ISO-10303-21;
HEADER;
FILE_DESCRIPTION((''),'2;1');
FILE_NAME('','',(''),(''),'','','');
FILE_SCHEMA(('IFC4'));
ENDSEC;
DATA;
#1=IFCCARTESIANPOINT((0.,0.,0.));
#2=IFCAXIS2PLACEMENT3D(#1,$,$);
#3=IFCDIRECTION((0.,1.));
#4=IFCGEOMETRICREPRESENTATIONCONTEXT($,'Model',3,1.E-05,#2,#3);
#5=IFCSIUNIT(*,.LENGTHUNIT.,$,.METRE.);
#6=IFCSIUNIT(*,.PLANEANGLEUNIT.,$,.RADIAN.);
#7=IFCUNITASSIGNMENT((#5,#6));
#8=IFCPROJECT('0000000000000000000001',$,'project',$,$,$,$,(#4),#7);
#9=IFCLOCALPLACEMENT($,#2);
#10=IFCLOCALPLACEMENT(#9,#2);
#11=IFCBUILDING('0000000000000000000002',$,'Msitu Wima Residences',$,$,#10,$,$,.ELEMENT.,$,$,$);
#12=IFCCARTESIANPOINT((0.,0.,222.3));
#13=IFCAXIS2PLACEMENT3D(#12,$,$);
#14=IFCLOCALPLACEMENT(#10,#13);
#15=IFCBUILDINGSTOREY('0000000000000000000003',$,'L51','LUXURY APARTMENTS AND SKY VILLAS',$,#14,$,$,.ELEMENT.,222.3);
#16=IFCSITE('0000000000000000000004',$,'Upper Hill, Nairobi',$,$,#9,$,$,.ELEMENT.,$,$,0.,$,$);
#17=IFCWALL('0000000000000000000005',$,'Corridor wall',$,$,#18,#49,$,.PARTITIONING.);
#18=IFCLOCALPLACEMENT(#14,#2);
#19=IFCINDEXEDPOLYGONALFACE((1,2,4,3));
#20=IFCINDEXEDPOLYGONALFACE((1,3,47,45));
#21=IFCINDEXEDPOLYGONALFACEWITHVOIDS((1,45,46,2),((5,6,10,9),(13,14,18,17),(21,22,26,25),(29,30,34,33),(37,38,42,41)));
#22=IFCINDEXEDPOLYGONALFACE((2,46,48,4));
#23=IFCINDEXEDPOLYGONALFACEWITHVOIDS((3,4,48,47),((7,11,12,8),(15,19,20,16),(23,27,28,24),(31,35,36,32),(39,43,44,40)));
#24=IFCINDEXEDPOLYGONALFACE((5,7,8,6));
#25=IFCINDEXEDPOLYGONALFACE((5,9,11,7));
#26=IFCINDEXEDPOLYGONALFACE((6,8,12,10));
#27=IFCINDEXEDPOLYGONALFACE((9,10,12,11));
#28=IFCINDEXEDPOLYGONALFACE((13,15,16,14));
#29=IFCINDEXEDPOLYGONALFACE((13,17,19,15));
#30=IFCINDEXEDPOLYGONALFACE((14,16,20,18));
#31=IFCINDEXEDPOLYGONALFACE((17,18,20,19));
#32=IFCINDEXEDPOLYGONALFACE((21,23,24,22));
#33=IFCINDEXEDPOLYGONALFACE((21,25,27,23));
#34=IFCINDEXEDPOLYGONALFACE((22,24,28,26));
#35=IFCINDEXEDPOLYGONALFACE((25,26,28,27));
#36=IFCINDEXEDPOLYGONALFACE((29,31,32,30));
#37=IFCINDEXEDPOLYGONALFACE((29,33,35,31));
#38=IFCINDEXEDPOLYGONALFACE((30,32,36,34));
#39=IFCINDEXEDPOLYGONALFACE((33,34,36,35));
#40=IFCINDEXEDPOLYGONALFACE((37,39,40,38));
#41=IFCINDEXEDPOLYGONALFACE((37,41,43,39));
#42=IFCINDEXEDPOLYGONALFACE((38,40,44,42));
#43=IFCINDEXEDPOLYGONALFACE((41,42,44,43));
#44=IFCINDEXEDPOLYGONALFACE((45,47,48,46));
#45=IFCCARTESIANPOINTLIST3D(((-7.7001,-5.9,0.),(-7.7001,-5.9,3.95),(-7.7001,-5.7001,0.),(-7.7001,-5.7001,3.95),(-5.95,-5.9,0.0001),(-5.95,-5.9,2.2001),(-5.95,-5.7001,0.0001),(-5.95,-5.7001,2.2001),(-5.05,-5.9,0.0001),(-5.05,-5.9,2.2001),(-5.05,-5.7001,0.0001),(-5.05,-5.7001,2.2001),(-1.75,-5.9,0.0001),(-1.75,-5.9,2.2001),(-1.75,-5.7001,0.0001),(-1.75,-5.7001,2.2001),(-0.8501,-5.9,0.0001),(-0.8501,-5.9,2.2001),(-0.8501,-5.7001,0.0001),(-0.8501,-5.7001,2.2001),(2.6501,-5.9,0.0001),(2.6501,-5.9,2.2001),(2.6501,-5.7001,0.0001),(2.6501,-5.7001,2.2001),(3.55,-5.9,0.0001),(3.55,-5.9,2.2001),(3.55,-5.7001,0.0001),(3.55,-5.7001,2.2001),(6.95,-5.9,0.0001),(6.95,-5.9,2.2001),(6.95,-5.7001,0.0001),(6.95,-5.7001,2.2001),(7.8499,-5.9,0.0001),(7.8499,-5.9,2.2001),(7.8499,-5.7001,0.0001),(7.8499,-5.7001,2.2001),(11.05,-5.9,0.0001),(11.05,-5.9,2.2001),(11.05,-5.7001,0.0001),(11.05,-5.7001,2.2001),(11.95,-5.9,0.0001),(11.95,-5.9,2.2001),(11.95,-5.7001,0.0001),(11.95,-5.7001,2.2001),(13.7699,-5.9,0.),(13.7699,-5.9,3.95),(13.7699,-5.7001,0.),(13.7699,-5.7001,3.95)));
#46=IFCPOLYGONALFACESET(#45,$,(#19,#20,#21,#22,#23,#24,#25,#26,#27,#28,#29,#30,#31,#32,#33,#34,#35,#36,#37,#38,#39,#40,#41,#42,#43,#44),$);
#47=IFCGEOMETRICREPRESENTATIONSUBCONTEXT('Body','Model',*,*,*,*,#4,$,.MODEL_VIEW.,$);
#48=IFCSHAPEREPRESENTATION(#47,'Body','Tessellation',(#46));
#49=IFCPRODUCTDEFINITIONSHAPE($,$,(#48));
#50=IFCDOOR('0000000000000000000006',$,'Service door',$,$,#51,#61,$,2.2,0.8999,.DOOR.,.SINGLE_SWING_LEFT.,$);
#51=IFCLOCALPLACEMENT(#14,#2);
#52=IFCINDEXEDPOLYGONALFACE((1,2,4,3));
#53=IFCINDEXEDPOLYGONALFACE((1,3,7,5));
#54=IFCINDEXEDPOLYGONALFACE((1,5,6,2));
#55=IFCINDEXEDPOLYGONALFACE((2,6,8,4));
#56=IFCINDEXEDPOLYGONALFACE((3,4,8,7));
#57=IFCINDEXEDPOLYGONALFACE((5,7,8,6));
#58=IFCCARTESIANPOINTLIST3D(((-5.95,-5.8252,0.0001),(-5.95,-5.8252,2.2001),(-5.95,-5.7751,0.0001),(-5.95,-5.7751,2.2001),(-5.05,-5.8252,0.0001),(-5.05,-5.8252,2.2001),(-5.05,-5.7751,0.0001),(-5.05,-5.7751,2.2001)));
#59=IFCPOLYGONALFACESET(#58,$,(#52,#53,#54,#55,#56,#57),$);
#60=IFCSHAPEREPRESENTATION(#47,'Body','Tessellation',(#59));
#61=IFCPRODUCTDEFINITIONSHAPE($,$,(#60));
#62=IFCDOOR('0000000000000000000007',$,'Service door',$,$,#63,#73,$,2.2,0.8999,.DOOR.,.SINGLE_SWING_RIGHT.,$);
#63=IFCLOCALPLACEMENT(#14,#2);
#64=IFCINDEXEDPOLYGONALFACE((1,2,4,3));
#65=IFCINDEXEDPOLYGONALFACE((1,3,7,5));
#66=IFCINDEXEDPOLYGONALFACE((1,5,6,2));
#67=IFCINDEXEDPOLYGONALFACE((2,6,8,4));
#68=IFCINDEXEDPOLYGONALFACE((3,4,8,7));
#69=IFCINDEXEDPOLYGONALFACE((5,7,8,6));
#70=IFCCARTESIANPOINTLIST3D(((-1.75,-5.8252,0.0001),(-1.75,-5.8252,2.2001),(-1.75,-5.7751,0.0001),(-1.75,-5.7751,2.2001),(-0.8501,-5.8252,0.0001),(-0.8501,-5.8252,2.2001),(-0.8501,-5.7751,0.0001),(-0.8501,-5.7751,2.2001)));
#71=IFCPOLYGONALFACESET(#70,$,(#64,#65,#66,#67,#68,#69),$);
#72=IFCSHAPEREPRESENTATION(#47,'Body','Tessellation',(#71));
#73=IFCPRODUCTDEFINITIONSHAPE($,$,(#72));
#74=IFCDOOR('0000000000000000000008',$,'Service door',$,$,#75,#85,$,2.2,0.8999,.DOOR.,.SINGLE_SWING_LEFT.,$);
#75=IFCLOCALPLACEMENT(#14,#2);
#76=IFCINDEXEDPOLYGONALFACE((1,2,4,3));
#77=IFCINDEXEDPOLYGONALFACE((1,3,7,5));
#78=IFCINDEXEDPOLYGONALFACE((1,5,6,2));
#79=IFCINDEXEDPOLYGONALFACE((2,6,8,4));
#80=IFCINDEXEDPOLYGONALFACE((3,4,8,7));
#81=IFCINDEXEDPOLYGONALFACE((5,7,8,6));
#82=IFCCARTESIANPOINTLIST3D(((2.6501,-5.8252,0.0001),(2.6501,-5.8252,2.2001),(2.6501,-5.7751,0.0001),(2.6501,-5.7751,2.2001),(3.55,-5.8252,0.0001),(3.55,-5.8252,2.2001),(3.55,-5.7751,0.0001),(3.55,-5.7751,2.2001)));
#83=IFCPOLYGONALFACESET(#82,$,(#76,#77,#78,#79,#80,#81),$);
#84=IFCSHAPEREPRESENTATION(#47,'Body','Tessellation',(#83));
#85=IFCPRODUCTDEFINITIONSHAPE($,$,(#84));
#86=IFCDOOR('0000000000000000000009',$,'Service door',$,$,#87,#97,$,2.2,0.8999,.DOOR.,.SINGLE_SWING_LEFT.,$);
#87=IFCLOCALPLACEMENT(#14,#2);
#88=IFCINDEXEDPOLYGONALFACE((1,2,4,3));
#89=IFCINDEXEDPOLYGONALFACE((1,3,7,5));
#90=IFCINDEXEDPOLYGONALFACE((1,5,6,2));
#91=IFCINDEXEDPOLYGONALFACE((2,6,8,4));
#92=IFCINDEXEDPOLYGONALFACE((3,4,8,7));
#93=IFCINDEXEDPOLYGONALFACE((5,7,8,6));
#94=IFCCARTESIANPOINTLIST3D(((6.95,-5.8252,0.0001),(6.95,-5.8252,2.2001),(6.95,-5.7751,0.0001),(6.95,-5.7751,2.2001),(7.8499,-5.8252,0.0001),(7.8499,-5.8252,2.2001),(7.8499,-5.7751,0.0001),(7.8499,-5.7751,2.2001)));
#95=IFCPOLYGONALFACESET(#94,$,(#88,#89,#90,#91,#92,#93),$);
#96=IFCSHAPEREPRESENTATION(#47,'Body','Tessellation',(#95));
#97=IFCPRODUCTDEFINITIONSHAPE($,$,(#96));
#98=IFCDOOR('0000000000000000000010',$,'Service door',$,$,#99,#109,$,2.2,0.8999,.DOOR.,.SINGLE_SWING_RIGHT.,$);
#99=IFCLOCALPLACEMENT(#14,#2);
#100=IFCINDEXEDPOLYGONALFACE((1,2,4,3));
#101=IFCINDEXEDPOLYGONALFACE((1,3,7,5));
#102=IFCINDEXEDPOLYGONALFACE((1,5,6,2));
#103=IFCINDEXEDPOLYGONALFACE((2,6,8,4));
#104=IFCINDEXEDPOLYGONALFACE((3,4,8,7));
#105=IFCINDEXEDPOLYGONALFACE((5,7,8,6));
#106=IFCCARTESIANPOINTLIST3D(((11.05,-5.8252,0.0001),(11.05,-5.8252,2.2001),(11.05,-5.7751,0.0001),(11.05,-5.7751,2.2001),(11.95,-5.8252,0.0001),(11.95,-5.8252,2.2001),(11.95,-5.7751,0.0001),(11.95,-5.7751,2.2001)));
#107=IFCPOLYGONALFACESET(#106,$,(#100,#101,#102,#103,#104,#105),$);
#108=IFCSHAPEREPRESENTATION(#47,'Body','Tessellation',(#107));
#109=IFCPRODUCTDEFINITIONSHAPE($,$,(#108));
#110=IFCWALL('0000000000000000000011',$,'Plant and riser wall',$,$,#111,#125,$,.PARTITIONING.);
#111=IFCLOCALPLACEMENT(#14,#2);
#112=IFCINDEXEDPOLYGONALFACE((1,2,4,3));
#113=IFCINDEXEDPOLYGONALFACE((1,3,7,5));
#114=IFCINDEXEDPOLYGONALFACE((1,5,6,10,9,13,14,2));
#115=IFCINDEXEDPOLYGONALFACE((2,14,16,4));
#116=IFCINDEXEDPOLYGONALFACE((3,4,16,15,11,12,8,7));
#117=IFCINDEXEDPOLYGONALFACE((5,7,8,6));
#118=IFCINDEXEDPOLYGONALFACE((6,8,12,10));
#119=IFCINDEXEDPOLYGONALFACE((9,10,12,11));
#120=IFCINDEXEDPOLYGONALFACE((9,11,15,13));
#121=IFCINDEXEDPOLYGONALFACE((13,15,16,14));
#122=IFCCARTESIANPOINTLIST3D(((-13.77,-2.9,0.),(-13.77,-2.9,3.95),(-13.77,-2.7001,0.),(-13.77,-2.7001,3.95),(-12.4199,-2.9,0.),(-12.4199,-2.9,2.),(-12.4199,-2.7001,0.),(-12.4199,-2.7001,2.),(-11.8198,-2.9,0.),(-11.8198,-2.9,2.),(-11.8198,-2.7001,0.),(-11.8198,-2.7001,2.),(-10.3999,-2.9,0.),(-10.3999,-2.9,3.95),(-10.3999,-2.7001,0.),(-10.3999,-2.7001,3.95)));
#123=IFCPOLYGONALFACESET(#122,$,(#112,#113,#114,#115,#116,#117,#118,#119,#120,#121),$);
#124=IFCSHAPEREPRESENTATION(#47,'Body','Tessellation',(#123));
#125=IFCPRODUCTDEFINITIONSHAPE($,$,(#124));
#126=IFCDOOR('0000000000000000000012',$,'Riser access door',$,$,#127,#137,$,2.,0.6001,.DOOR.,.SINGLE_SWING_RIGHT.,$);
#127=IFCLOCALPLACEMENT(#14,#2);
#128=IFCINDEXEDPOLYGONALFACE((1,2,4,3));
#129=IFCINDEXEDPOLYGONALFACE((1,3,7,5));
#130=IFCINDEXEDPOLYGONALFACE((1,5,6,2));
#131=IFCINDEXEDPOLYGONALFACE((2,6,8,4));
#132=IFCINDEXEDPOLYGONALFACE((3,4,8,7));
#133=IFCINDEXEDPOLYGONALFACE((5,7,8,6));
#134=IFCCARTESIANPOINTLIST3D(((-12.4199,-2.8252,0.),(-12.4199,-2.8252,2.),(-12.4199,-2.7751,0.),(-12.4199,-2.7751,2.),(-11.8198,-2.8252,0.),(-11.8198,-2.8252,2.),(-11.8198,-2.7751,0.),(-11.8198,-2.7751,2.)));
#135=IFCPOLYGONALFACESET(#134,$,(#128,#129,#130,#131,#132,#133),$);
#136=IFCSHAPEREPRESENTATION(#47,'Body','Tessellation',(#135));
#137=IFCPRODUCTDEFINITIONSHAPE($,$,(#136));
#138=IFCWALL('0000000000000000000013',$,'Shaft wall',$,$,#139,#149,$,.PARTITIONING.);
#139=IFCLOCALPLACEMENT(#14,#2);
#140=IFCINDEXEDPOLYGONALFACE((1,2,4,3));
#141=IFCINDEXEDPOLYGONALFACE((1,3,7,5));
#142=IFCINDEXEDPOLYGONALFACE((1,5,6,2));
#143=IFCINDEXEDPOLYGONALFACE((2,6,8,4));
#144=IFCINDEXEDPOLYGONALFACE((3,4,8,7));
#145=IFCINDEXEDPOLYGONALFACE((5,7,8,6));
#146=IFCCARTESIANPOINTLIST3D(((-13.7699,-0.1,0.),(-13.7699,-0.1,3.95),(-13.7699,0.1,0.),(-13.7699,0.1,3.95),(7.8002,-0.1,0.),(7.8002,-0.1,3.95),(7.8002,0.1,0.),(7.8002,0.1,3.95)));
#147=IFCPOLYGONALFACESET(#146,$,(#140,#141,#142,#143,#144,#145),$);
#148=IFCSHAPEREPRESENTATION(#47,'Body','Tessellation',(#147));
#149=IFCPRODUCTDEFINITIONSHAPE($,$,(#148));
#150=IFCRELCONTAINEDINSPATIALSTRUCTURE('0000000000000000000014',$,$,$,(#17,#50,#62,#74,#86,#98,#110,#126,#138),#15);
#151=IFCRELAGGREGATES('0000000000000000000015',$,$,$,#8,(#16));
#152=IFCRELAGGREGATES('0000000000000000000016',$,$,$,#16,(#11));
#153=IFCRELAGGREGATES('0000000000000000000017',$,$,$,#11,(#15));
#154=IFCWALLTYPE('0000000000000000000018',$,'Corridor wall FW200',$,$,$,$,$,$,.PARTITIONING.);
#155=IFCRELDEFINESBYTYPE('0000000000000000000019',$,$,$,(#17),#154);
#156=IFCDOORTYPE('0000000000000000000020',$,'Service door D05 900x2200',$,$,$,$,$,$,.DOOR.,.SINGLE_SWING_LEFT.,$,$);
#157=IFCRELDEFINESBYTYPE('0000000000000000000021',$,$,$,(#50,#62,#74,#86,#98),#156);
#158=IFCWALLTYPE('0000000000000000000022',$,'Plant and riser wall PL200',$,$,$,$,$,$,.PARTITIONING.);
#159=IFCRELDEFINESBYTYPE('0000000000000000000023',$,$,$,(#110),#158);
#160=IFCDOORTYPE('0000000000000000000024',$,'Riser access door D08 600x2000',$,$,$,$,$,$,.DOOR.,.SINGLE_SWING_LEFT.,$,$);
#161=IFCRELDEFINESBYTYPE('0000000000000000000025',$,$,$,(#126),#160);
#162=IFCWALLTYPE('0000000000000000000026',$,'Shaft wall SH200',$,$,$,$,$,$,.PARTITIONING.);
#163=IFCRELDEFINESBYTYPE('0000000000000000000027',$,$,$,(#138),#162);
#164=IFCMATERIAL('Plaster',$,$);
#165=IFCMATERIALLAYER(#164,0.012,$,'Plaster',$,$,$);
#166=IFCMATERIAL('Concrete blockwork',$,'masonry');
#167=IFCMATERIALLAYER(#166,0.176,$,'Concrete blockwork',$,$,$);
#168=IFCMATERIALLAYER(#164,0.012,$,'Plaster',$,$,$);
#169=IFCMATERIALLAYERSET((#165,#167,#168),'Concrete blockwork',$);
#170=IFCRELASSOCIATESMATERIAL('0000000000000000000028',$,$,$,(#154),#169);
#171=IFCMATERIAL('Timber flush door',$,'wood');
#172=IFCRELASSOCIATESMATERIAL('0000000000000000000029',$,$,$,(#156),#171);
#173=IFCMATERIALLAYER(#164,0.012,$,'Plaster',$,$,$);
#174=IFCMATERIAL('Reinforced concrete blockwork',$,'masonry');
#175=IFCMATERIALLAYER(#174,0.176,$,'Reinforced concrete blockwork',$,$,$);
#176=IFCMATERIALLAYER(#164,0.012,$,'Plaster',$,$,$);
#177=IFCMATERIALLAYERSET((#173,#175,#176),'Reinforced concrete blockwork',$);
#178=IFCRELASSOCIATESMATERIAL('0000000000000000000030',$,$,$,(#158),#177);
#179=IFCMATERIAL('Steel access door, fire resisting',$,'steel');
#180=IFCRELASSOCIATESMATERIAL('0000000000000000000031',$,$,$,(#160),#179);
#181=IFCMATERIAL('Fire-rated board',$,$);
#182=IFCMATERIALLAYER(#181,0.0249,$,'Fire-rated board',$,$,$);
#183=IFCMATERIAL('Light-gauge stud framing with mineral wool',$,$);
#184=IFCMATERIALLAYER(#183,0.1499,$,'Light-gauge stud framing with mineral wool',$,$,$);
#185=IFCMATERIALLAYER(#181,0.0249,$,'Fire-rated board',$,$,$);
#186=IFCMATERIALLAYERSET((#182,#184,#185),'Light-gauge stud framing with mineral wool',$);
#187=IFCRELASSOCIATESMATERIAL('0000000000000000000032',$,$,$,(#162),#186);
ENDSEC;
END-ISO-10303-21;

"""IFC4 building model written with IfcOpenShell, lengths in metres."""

from ifc_helpers import new_model, si_unit, direction, frame, frame_2d, origin, place, context, subcontext, project, spatial, rectangle, extrude, material, layer, layer_set, type_object, element, fill, save


model = new_model("IFC4")

# Units and contexts
model_context = context("Model", 3, precision=1e-05, world=origin(), true_north=direction((0.0, 1.0)))
body_context = subcontext(model_context, "Body", "Model", "MODEL_VIEW")
ifc_project = project(units=[si_unit("LENGTHUNIT", "METRE"), si_unit("PLANEANGLEUNIT", "RADIAN")], contexts=[model_context])

# Site, building, storey
site_placement = place(None, origin())
site = spatial("IfcSite", under=ifc_project, at=site_placement, Name="Upper Hill, Nairobi", CompositionType="ELEMENT", RefElevation=0.0)
building_placement = place(site_placement, origin())
building = spatial("IfcBuilding", under=site, at=building_placement, Name="Msitu Wima Residences", CompositionType="ELEMENT")
storey_placement = place(building_placement, frame((0.0, 0.0, 222.3)))
storey = spatial("IfcBuildingStorey", under=building, at=storey_placement, Name="L51", Description="LUXURY APARTMENTS AND SKY VILLAS", CompositionType="ELEMENT", Elevation=222.3)

# Shared definitions
ifc_material_1 = material(Name="Plaster")
ifc_layer_1 = layer(ifc_material_1, 0.012, Name="Plaster")
ifc_material_2 = material(Name="Concrete blockwork", Category="masonry")
ifc_layer_2 = layer(ifc_material_2, 0.176, Name="Concrete blockwork")
ifc_layer_3 = layer(ifc_material_1, 0.012, Name="Plaster")
ifc_layer_set_1 = layer_set([ifc_layer_1, ifc_layer_2, ifc_layer_3], Name="Concrete blockwork")
wall_type_1 = type_object("IfcWallType", Name="Corridor wall FW200", PredefinedType="PARTITIONING", material=ifc_layer_set_1)

# Wall, openings, doors
wall_1_placement = place(storey_placement, frame((-7.7, -5.8, 0.0), z_axis=(0.0, 0.0, 1.0), x_axis=(1.0, 0.0, 0.0)))
wall_1 = element("IfcWall", 1, at=wall_1_placement, inside=storey, type_object=wall_type_1, Name="Corridor wall", PredefinedType="PARTITIONING", context=body_context, shape_type="SweptSolid", body=[
    extrude(rectangle(XDim=21.47, YDim=0.2, at=frame_2d((10.7349, 0.0))), origin(), (0.0, 0.0, 1.0), 3.95),
])
opening_1_placement = place(wall_1_placement, frame((1.75, 0.0, 0.0)))
opening_1 = element("IfcOpeningElement", 2, at=opening_1_placement, cuts=wall_1, PredefinedType="OPENING", context=body_context, shape_type="SweptSolid", body=[
    extrude(rectangle(XDim=0.8999, YDim=2.2, at=frame_2d((0.45, 1.1001))), frame((0.0, 0.1099, 0.0), z_axis=(0.0, -1.0, 0.0), x_axis=(1.0, 0.0, 0.0)), (0.0, 0.0, 1.0), 0.22),
])
opening_2_placement = place(wall_1_placement, frame((5.95, 0.0, 0.0)))
opening_2 = element("IfcOpeningElement", 3, at=opening_2_placement, cuts=wall_1, PredefinedType="OPENING", context=body_context, shape_type="SweptSolid", body=[
    extrude(rectangle(XDim=0.8999, YDim=2.2, at=frame_2d((0.45, 1.1001))), frame((0.0, 0.1099, 0.0), z_axis=(0.0, -1.0, 0.0), x_axis=(1.0, 0.0, 0.0)), (0.0, 0.0, 1.0), 0.22),
])
opening_3_placement = place(wall_1_placement, frame((10.3501, 0.0, 0.0)))
opening_3 = element("IfcOpeningElement", 4, at=opening_3_placement, cuts=wall_1, PredefinedType="OPENING", context=body_context, shape_type="SweptSolid", body=[
    extrude(rectangle(XDim=0.8999, YDim=2.2, at=frame_2d((0.45, 1.1001))), frame((0.0, 0.1099, 0.0), z_axis=(0.0, -1.0, 0.0), x_axis=(1.0, 0.0, 0.0)), (0.0, 0.0, 1.0), 0.22),
])
opening_4_placement = place(wall_1_placement, frame((14.6499, 0.0, 0.0)))
opening_4 = element("IfcOpeningElement", 5, at=opening_4_placement, cuts=wall_1, PredefinedType="OPENING", context=body_context, shape_type="SweptSolid", body=[
    extrude(rectangle(XDim=0.8999, YDim=2.2, at=frame_2d((0.45, 1.1001))), frame((0.0, 0.1099, 0.0), z_axis=(0.0, -1.0, 0.0), x_axis=(1.0, 0.0, 0.0)), (0.0, 0.0, 1.0), 0.22),
])
opening_5_placement = place(wall_1_placement, frame((18.75, 0.0, 0.0)))
opening_5 = element("IfcOpeningElement", 6, at=opening_5_placement, cuts=wall_1, PredefinedType="OPENING", context=body_context, shape_type="SweptSolid", body=[
    extrude(rectangle(XDim=0.8999, YDim=2.2, at=frame_2d((0.45, 1.1001))), frame((0.0, 0.1099, 0.0), z_axis=(0.0, -1.0, 0.0), x_axis=(1.0, 0.0, 0.0)), (0.0, 0.0, 1.0), 0.22),
])
ifc_material_3 = material(Name="Timber flush door", Category="wood")
door_type_1 = type_object("IfcDoorType", Name="Service door D05 900x2200", OperationType="SINGLE_SWING_LEFT", PredefinedType="DOOR", material=ifc_material_3)
door_1_placement = place(opening_1_placement, origin())
door_1 = element("IfcDoor", 7, at=door_1_placement, inside=storey, type_object=door_type_1, Name="Service door", OperationType="SINGLE_SWING_LEFT", OverallHeight=2.2, OverallWidth=0.8999, PredefinedType="DOOR", context=body_context, shape_type="SweptSolid", body=[
    extrude(rectangle(XDim=0.8999, YDim=2.2, at=frame_2d((0.45, 1.1001))), frame((0.0, 0.0249, 0.0), z_axis=(0.0, -1.0, 0.0), x_axis=(1.0, 0.0, 0.0)), (0.0, 0.0, 1.0), 0.05),
])
fill(opening_1, door_1)
door_2_placement = place(opening_2_placement, origin())
door_2 = element("IfcDoor", 8, at=door_2_placement, inside=storey, type_object=door_type_1, Name="Service door", OperationType="SINGLE_SWING_RIGHT", OverallHeight=2.2, OverallWidth=0.8999, PredefinedType="DOOR", context=body_context, shape_type="SweptSolid", body=[
    extrude(rectangle(XDim=0.8999, YDim=2.2, at=frame_2d((0.45, 1.1001))), frame((0.0, 0.0249, 0.0), z_axis=(0.0, -1.0, 0.0), x_axis=(1.0, 0.0, 0.0)), (0.0, 0.0, 1.0), 0.05),
])
fill(opening_2, door_2)
door_3_placement = place(opening_3_placement, origin())
door_3 = element("IfcDoor", 9, at=door_3_placement, inside=storey, type_object=door_type_1, Name="Service door", OperationType="SINGLE_SWING_LEFT", OverallHeight=2.2, OverallWidth=0.8999, PredefinedType="DOOR", context=body_context, shape_type="SweptSolid", body=[
    extrude(rectangle(XDim=0.8999, YDim=2.2, at=frame_2d((0.45, 1.1001))), frame((0.0, 0.0249, 0.0), z_axis=(0.0, -1.0, 0.0), x_axis=(1.0, 0.0, 0.0)), (0.0, 0.0, 1.0), 0.05),
])
fill(opening_3, door_3)
door_4_placement = place(opening_4_placement, origin())
door_4 = element("IfcDoor", 10, at=door_4_placement, inside=storey, type_object=door_type_1, Name="Service door", OperationType="SINGLE_SWING_LEFT", OverallHeight=2.2, OverallWidth=0.8999, PredefinedType="DOOR", context=body_context, shape_type="SweptSolid", body=[
    extrude(rectangle(XDim=0.8999, YDim=2.2, at=frame_2d((0.45, 1.1001))), frame((0.0, 0.0249, 0.0), z_axis=(0.0, -1.0, 0.0), x_axis=(1.0, 0.0, 0.0)), (0.0, 0.0, 1.0), 0.05),
])
fill(opening_4, door_4)
door_5_placement = place(opening_5_placement, origin())
door_5 = element("IfcDoor", 11, at=door_5_placement, inside=storey, type_object=door_type_1, Name="Service door", OperationType="SINGLE_SWING_RIGHT", OverallHeight=2.2, OverallWidth=0.8999, PredefinedType="DOOR", context=body_context, shape_type="SweptSolid", body=[
    extrude(rectangle(XDim=0.8999, YDim=2.2, at=frame_2d((0.45, 1.1001))), frame((0.0, 0.0249, 0.0), z_axis=(0.0, -1.0, 0.0), x_axis=(1.0, 0.0, 0.0)), (0.0, 0.0, 1.0), 0.05),
])
fill(opening_5, door_5)

# Wall, opening, door
ifc_layer_4 = layer(ifc_material_1, 0.012, Name="Plaster")
ifc_material_4 = material(Name="Reinforced concrete blockwork", Category="masonry")
ifc_layer_5 = layer(ifc_material_4, 0.176, Name="Reinforced concrete blockwork")
ifc_layer_6 = layer(ifc_material_1, 0.012, Name="Plaster")
ifc_layer_set_2 = layer_set([ifc_layer_4, ifc_layer_5, ifc_layer_6], Name="Reinforced concrete blockwork")
wall_type_2 = type_object("IfcWallType", Name="Plant and riser wall PL200", PredefinedType="PARTITIONING", material=ifc_layer_set_2)
wall_2_placement = place(storey_placement, frame((-13.77, -2.8, 0.0), z_axis=(0.0, 0.0, 1.0), x_axis=(1.0, 0.0, 0.0)))
wall_2 = element("IfcWall", 12, at=wall_2_placement, inside=storey, type_object=wall_type_2, Name="Plant and riser wall", PredefinedType="PARTITIONING", context=body_context, shape_type="SweptSolid", body=[
    extrude(rectangle(XDim=3.3701, YDim=0.2, at=frame_2d((1.6851, 0.0))), origin(), (0.0, 0.0, 1.0), 3.95),
])
opening_6_placement = place(wall_2_placement, frame((1.3501, 0.0, 0.0)))
opening_6 = element("IfcOpeningElement", 13, at=opening_6_placement, cuts=wall_2, PredefinedType="OPENING", context=body_context, shape_type="SweptSolid", body=[
    extrude(rectangle(XDim=0.6001, YDim=2.0, at=frame_2d((0.3, 1.0))), frame((0.0, 0.1099, 0.0), z_axis=(0.0, -1.0, 0.0), x_axis=(1.0, 0.0, 0.0)), (0.0, 0.0, 1.0), 0.22),
])
ifc_material_5 = material(Name="Steel access door, fire resisting", Category="steel")
door_type_2 = type_object("IfcDoorType", Name="Riser access door D08 600x2000", OperationType="SINGLE_SWING_LEFT", PredefinedType="DOOR", material=ifc_material_5)
door_6_placement = place(opening_6_placement, origin())
door_6 = element("IfcDoor", 14, at=door_6_placement, inside=storey, type_object=door_type_2, Name="Riser access door", OperationType="SINGLE_SWING_RIGHT", OverallHeight=2.0, OverallWidth=0.6001, PredefinedType="DOOR", context=body_context, shape_type="SweptSolid", body=[
    extrude(rectangle(XDim=0.6001, YDim=2.0, at=frame_2d((0.3, 1.0))), frame((0.0, 0.0249, 0.0), z_axis=(0.0, -1.0, 0.0), x_axis=(1.0, 0.0, 0.0)), (0.0, 0.0, 1.0), 0.05),
])
fill(opening_6, door_6)

# Wall
ifc_material_6 = material(Name="Fire-rated board")
ifc_layer_7 = layer(ifc_material_6, 0.0249, Name="Fire-rated board")
ifc_material_7 = material(Name="Light-gauge stud framing with mineral wool")
ifc_layer_8 = layer(ifc_material_7, 0.1499, Name="Light-gauge stud framing with mineral wool")
ifc_layer_9 = layer(ifc_material_6, 0.0249, Name="Fire-rated board")
ifc_layer_set_3 = layer_set([ifc_layer_7, ifc_layer_8, ifc_layer_9], Name="Light-gauge stud framing with mineral wool")
wall_type_3 = type_object("IfcWallType", Name="Shaft wall SH200", PredefinedType="PARTITIONING", material=ifc_layer_set_3)
wall_3_placement = place(storey_placement, frame((-13.77, 0.0, 0.0), z_axis=(0.0, 0.0, 1.0), x_axis=(1.0, 0.0, 0.0)))
element("IfcWall", 15, at=wall_3_placement, inside=storey, type_object=wall_type_3, Name="Shaft wall", PredefinedType="PARTITIONING", context=body_context, shape_type="SweptSolid", body=[
    extrude(rectangle(XDim=21.5701, YDim=0.2, at=frame_2d((10.7852, 0.0))), origin(), (0.0, 0.0, 1.0), 3.95),
])

save(model, "model.ifc")
